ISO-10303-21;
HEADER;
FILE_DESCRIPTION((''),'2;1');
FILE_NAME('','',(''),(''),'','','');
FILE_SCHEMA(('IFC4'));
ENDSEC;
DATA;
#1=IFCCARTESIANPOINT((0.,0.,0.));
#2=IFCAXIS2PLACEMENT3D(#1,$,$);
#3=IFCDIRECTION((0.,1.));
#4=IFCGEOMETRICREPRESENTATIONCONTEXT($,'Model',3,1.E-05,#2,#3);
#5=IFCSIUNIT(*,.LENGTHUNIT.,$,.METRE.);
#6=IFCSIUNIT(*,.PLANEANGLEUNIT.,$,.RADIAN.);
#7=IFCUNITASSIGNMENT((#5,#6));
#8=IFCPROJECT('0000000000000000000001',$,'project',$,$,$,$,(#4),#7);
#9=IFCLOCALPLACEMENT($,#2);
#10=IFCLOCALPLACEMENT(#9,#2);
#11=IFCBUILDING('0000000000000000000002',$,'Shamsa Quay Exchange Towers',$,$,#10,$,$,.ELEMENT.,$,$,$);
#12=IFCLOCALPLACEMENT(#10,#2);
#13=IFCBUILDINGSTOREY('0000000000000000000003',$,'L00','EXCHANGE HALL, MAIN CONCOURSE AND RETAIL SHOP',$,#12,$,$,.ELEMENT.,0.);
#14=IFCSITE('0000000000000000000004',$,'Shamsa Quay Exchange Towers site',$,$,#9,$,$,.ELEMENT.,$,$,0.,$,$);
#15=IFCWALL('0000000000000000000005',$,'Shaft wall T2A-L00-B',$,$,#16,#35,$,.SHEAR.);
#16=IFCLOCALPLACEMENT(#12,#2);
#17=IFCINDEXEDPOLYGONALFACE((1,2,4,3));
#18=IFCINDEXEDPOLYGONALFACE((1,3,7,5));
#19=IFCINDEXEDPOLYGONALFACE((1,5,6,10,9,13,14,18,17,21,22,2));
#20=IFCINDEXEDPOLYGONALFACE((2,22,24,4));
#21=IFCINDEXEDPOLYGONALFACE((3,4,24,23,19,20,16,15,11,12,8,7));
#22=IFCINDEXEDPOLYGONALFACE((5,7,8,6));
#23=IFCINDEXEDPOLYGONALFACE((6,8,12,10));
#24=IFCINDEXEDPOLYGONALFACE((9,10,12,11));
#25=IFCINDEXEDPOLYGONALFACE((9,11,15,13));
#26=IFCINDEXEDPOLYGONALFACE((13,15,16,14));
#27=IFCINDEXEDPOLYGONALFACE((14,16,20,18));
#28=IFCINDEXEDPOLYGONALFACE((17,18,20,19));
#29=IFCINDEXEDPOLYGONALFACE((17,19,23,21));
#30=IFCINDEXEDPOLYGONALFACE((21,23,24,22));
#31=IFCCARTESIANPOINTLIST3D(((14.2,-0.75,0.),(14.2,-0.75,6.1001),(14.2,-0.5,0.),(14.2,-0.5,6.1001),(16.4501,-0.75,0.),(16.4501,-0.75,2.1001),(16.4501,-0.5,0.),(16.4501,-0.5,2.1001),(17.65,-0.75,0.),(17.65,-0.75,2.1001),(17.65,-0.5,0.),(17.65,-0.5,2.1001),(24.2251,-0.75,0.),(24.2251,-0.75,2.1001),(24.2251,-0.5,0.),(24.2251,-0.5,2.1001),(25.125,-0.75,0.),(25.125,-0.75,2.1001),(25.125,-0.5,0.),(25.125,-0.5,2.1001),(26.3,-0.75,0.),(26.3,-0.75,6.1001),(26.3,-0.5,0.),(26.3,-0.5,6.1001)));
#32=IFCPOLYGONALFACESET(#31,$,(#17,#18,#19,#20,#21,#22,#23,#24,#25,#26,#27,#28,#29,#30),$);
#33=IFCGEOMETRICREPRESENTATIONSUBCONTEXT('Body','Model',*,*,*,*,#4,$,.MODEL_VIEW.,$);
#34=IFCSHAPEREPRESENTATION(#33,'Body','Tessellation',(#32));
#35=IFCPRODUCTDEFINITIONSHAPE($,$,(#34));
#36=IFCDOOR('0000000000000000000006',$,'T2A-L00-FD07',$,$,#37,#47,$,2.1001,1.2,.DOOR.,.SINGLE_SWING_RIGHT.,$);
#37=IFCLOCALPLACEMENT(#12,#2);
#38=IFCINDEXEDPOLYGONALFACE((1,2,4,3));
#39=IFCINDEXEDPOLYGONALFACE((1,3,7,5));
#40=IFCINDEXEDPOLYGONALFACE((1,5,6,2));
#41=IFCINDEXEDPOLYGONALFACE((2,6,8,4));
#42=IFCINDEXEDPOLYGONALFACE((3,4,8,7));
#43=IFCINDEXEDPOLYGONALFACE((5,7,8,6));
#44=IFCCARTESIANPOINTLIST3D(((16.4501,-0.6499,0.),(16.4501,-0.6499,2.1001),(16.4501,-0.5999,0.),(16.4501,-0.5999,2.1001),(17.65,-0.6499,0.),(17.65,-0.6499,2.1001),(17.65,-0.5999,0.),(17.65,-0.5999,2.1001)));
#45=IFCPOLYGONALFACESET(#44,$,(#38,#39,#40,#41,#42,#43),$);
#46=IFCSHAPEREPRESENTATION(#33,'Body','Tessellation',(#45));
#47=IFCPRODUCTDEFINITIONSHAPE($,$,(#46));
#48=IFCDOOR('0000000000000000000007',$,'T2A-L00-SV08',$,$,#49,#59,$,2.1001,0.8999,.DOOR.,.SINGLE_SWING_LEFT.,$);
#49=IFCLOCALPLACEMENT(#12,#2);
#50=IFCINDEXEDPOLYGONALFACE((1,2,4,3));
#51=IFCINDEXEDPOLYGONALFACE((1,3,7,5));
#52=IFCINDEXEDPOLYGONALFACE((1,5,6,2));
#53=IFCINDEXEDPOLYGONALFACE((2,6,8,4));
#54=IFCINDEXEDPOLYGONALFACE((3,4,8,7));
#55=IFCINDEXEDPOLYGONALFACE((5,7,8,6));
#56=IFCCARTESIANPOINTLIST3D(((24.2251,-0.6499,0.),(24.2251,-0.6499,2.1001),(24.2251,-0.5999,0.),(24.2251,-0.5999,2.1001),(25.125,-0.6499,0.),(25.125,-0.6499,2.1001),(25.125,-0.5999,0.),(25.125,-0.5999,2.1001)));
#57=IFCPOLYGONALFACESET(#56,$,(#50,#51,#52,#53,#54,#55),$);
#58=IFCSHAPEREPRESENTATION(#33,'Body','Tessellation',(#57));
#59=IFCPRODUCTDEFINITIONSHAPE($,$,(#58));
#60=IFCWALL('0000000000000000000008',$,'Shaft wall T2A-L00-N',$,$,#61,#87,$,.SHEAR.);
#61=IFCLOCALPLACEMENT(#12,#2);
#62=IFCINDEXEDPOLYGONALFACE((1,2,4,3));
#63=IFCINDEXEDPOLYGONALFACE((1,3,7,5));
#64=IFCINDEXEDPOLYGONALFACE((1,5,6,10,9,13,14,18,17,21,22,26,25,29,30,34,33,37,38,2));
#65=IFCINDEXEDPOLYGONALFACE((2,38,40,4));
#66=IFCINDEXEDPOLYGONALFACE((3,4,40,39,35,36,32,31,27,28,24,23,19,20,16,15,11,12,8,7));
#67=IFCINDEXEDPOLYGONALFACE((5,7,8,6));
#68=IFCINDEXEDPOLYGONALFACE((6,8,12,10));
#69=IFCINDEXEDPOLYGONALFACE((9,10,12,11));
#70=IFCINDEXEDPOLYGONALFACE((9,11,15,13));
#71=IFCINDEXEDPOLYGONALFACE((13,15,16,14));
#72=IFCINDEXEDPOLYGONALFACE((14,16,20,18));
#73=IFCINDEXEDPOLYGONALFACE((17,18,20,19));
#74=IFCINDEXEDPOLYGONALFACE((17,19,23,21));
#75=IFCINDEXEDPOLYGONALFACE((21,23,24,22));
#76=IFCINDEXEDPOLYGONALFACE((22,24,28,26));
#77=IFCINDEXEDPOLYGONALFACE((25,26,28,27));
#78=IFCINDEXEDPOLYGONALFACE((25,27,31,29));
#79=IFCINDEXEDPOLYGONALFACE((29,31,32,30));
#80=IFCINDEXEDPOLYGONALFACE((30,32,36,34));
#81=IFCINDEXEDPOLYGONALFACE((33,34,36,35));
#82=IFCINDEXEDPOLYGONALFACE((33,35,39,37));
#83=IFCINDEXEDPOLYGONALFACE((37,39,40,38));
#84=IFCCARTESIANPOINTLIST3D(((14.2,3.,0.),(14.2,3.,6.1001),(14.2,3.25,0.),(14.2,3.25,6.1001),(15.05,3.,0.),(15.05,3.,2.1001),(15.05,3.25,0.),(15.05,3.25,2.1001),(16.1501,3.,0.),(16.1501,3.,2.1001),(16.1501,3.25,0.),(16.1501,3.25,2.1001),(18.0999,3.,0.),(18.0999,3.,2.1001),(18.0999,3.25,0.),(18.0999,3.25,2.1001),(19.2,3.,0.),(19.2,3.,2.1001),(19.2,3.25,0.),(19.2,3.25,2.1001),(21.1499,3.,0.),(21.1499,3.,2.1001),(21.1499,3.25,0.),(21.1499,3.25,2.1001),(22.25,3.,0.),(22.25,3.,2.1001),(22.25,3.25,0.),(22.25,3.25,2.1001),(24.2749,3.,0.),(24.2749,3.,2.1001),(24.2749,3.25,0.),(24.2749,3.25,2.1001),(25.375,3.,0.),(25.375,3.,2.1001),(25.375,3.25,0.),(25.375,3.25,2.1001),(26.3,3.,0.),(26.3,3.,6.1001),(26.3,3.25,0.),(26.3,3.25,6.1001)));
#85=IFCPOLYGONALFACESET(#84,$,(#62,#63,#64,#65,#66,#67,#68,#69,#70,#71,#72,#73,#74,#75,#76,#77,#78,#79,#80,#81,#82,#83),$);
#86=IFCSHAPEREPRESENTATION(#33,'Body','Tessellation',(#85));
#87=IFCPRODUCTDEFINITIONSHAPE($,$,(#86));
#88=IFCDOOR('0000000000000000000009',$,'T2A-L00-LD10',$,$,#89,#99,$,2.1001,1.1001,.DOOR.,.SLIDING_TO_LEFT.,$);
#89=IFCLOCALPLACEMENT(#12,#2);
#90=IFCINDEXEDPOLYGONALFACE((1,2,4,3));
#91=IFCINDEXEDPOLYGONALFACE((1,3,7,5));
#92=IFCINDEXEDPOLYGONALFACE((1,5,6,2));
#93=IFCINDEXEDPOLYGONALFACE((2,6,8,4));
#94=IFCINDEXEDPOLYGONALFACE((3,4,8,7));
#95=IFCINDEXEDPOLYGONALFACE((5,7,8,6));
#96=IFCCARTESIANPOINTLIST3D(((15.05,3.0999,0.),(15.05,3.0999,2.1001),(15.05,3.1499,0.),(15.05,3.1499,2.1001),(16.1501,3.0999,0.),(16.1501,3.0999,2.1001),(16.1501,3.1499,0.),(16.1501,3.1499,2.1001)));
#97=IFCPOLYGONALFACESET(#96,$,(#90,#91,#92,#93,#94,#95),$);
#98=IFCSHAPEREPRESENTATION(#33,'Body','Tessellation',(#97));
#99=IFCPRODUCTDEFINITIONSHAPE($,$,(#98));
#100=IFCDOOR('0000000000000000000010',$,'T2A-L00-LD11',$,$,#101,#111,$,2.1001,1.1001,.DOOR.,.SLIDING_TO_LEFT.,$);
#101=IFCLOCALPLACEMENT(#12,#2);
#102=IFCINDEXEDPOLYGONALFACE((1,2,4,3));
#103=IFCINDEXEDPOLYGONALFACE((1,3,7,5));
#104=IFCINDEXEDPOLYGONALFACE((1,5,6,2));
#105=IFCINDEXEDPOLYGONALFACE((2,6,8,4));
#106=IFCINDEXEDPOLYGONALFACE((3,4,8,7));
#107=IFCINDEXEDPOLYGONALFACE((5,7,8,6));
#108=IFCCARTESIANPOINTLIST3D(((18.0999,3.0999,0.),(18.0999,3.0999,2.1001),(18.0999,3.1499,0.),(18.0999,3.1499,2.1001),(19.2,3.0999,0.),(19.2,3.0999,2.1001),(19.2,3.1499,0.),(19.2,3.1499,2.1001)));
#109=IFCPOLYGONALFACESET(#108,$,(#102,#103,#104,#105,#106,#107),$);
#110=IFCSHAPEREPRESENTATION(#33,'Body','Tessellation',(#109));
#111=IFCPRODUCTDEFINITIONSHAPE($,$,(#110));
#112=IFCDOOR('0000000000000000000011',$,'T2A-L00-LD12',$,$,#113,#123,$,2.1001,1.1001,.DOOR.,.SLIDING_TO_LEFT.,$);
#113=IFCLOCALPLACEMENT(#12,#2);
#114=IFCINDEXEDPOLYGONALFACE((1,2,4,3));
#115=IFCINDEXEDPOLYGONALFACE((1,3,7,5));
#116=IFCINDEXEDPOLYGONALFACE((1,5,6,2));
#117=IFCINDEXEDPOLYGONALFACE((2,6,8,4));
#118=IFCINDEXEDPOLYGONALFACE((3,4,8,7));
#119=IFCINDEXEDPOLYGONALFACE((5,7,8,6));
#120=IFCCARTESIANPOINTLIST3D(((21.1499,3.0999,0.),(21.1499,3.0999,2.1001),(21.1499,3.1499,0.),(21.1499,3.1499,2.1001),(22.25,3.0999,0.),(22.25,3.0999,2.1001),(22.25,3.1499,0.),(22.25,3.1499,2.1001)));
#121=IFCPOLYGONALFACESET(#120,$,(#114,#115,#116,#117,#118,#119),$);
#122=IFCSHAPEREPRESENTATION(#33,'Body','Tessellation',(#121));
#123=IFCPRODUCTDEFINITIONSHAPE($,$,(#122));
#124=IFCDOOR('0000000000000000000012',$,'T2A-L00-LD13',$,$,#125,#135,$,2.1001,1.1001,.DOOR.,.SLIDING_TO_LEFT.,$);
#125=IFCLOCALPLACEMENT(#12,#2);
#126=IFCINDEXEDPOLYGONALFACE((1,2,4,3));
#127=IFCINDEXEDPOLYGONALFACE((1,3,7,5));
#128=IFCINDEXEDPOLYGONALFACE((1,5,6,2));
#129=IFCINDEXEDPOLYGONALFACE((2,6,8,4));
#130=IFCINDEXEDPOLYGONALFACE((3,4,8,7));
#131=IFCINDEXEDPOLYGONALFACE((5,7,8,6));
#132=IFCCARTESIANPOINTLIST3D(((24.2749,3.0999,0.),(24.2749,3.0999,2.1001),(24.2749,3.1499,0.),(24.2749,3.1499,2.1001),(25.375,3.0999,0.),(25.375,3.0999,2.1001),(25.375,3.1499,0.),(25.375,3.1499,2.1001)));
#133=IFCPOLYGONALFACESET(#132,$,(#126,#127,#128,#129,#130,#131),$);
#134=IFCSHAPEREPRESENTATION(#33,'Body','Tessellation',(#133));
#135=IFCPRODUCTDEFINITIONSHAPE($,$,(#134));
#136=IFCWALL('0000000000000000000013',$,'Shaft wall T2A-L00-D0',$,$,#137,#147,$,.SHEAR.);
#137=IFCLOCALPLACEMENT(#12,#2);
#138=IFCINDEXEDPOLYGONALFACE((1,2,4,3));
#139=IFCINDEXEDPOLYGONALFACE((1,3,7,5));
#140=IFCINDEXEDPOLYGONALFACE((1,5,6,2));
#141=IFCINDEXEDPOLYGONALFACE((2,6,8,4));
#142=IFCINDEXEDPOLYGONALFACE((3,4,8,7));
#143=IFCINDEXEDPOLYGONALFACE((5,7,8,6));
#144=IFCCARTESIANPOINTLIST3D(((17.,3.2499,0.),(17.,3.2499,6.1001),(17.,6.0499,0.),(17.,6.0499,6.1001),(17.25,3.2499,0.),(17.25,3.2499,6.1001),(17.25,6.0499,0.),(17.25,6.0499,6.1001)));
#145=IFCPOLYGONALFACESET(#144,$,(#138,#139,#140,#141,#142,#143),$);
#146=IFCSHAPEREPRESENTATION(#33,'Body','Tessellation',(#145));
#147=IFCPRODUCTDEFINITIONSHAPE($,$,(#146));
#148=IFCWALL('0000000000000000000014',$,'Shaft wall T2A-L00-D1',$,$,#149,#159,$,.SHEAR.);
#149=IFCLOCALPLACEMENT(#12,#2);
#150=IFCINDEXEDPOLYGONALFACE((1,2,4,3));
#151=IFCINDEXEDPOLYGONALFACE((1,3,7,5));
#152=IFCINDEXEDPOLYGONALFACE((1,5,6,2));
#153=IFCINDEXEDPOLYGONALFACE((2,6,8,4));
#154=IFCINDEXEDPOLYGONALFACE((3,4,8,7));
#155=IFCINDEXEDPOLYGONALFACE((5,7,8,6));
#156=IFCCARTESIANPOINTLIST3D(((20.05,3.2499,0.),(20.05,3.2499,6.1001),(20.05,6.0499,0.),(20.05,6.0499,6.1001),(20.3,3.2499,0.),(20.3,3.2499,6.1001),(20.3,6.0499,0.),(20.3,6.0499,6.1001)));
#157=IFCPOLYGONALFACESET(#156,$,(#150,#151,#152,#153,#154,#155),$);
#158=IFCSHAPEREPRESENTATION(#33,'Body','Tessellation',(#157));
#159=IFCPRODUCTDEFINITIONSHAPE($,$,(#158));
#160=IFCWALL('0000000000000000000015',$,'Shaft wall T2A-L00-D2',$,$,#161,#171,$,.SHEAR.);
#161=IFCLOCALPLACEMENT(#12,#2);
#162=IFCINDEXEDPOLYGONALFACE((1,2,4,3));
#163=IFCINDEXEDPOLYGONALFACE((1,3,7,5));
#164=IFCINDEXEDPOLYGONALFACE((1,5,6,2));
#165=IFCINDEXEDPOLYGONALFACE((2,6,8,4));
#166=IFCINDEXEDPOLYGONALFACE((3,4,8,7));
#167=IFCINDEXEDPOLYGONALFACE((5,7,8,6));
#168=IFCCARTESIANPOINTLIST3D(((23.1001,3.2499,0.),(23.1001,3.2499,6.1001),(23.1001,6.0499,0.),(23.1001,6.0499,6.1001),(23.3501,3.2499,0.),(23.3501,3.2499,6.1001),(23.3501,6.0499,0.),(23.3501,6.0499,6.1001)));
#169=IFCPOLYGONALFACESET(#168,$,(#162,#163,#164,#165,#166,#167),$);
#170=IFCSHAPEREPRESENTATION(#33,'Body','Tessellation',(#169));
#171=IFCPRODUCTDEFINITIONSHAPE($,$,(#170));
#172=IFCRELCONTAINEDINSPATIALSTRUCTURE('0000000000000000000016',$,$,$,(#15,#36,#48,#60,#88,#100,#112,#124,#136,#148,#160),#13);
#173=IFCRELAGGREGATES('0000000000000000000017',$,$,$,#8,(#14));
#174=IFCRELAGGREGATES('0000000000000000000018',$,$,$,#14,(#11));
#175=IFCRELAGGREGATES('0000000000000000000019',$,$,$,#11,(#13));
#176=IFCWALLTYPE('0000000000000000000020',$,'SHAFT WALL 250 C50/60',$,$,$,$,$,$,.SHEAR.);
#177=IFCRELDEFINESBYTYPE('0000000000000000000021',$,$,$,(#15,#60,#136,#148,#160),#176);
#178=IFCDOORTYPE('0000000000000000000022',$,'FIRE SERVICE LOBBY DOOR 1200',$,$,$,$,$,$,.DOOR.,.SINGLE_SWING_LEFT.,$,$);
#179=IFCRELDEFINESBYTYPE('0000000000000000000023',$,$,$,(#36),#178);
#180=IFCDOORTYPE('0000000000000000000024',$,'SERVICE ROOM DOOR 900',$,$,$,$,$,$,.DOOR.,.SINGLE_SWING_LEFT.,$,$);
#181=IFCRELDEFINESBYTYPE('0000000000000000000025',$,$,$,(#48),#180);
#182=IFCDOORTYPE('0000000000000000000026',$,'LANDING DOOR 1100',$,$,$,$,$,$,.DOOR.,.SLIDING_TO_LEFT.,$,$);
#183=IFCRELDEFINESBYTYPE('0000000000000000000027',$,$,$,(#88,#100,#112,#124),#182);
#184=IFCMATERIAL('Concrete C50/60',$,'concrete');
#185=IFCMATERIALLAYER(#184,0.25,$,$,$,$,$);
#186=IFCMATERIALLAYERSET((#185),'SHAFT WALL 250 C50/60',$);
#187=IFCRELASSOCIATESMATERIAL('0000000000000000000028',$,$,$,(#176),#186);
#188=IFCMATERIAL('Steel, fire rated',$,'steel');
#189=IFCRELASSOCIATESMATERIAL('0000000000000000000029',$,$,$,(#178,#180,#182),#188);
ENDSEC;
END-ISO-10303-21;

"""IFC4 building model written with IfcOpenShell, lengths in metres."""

from ifc_helpers import new_model, si_unit, direction, frame, frame_2d, origin, place, context, subcontext, project, spatial, rectangle, extrude, material, layer, layer_set, type_object, element, fill, save


model = new_model("IFC4")

# Units and contexts
model_context = context("Model", 3, precision=1e-05, world=origin(), true_north=direction((0.0, 1.0)))
body_context = subcontext(model_context, "Body", "Model", "MODEL_VIEW")
ifc_project = project(units=[si_unit("LENGTHUNIT", "METRE"), si_unit("PLANEANGLEUNIT", "RADIAN")], contexts=[model_context])

# Site, building, storey
site_placement = place(None, origin())
site = spatial("IfcSite", under=ifc_project, at=site_placement, Name="Shamsa Quay Exchange Towers site", CompositionType="ELEMENT", RefElevation=0.0)
building_placement = place(site_placement, origin())
building = spatial("IfcBuilding", under=site, at=building_placement, Name="Shamsa Quay Exchange Towers", CompositionType="ELEMENT")
storey_placement = place(building_placement, origin())
storey = spatial("IfcBuildingStorey", under=building, at=storey_placement, Name="L00", Description="EXCHANGE HALL, MAIN CONCOURSE AND RETAIL SHOP", CompositionType="ELEMENT", Elevation=0.0)

# Walls, openings, doors
ifc_material_1 = material(Name="Steel, fire rated", Category="steel")
ifc_material_2 = material(Name="Concrete C50/60", Category="concrete")
ifc_layer_1 = layer(ifc_material_2, 0.25)
ifc_layer_set_1 = layer_set([ifc_layer_1], Name="SHAFT WALL 250 C50/60")
wall_type_1 = type_object("IfcWallType", Name="SHAFT WALL 250 C50/60", PredefinedType="SHEAR", material=ifc_layer_set_1)
wall_1_placement = place(storey_placement, frame((26.3, -0.625, 0.0), z_axis=(0.0, 0.0, 1.0), x_axis=(-1.0, 0.0, 0.0)))
wall_1 = element("IfcWall", 1, at=wall_1_placement, inside=storey, type_object=wall_type_1, Name="Shaft wall T2A-L00-B", PredefinedType="SHEAR", context=body_context, shape_type="SweptSolid", body=[
    extrude(rectangle(XDim=12.1001, YDim=0.25, at=frame_2d((6.05, 0.0))), origin(), (0.0, 0.0, 1.0), 6.1001),
])
opening_1_placement = place(wall_1_placement, frame((8.6499, 0.0, 0.0)))
opening_1 = element("IfcOpeningElement", 2, at=opening_1_placement, cuts=wall_1, PredefinedType="OPENING", context=body_context, shape_type="SweptSolid", body=[
    extrude(rectangle(XDim=1.2, YDim=2.1001, at=frame_2d((0.6001, 1.05))), frame((0.0, 0.135, 0.0), z_axis=(0.0, -1.0, 0.0), x_axis=(1.0, 0.0, 0.0)), (0.0, 0.0, 1.0), 0.27),
])
opening_2_placement = place(wall_1_placement, frame((1.175, 0.0, 0.0)))
opening_2 = element("IfcOpeningElement", 3, at=opening_2_placement, cuts=wall_1, PredefinedType="OPENING", context=body_context, shape_type="SweptSolid", body=[
    extrude(rectangle(XDim=0.8999, YDim=2.1001, at=frame_2d((0.45, 1.05))), frame((0.0, 0.135, 0.0), z_axis=(0.0, -1.0, 0.0), x_axis=(1.0, 0.0, 0.0)), (0.0, 0.0, 1.0), 0.27),
])
door_type_1 = type_object("IfcDoorType", Name="FIRE SERVICE LOBBY DOOR 1200", OperationType="SINGLE_SWING_LEFT", PredefinedType="DOOR", material=ifc_material_1)
door_1_placement = place(opening_1_placement, origin())
door_1 = element("IfcDoor", 4, at=door_1_placement, inside=storey, type_object=door_type_1, Name="T2A-L00-FD07", OperationType="SINGLE_SWING_RIGHT", OverallHeight=2.1001, OverallWidth=1.2, PredefinedType="DOOR", context=body_context, shape_type="SweptSolid", body=[
    extrude(rectangle(XDim=1.2, YDim=2.1001, at=frame_2d((0.6001, 1.05))), frame((0.0, 0.0249, 0.0), z_axis=(0.0, -1.0, 0.0), x_axis=(1.0, 0.0, 0.0)), (0.0, 0.0, 1.0), 0.05),
])
fill(opening_1, door_1)
door_type_2 = type_object("IfcDoorType", Name="SERVICE ROOM DOOR 900", OperationType="SINGLE_SWING_LEFT", PredefinedType="DOOR", material=ifc_material_1)
door_2_placement = place(opening_2_placement, origin())
door_2 = element("IfcDoor", 5, at=door_2_placement, inside=storey, type_object=door_type_2, Name="T2A-L00-SV08", OperationType="SINGLE_SWING_LEFT", OverallHeight=2.1001, OverallWidth=0.8999, PredefinedType="DOOR", context=body_context, shape_type="SweptSolid", body=[
    extrude(rectangle(XDim=0.8999, YDim=2.1001, at=frame_2d((0.45, 1.05))), frame((0.0, 0.0249, 0.0), z_axis=(0.0, -1.0, 0.0), x_axis=(1.0, 0.0, 0.0)), (0.0, 0.0, 1.0), 0.05),
])
fill(opening_2, door_2)
wall_2_placement = place(storey_placement, frame((14.2, 3.125, 0.0)))
wall_2 = element("IfcWall", 6, at=wall_2_placement, inside=storey, type_object=wall_type_1, Name="Shaft wall T2A-L00-N", PredefinedType="SHEAR", context=body_context, shape_type="SweptSolid", body=[
    extrude(rectangle(XDim=12.1001, YDim=0.25, at=frame_2d((6.05, 0.0))), origin(), (0.0, 0.0, 1.0), 6.1001),
])
opening_3_placement = place(wall_2_placement, frame((0.8501, 0.0, 0.0)))
opening_3 = element("IfcOpeningElement", 7, at=opening_3_placement, cuts=wall_2, PredefinedType="OPENING", context=body_context, shape_type="SweptSolid", body=[
    extrude(rectangle(XDim=1.1001, YDim=2.1001, at=frame_2d((0.55, 1.05))), frame((0.0, 0.135, 0.0), z_axis=(0.0, -1.0, 0.0), x_axis=(1.0, 0.0, 0.0)), (0.0, 0.0, 1.0), 0.27),
])
opening_4_placement = place(wall_2_placement, frame((3.8999, 0.0, 0.0)))
opening_4 = element("IfcOpeningElement", 8, at=opening_4_placement, cuts=wall_2, PredefinedType="OPENING", context=body_context, shape_type="SweptSolid", body=[
    extrude(rectangle(XDim=1.1001, YDim=2.1001, at=frame_2d((0.55, 1.05))), frame((0.0, 0.135, 0.0), z_axis=(0.0, -1.0, 0.0), x_axis=(1.0, 0.0, 0.0)), (0.0, 0.0, 1.0), 0.27),
])
opening_5_placement = place(wall_2_placement, frame((6.95, 0.0, 0.0)))
opening_5 = element("IfcOpeningElement", 9, at=opening_5_placement, cuts=wall_2, PredefinedType="OPENING", context=body_context, shape_type="SweptSolid", body=[
    extrude(rectangle(XDim=1.1001, YDim=2.1001, at=frame_2d((0.55, 1.05))), frame((0.0, 0.135, 0.0), z_axis=(0.0, -1.0, 0.0), x_axis=(1.0, 0.0, 0.0)), (0.0, 0.0, 1.0), 0.27),
])
opening_6_placement = place(wall_2_placement, frame((10.075, 0.0, 0.0)))
opening_6 = element("IfcOpeningElement", 10, at=opening_6_placement, cuts=wall_2, PredefinedType="OPENING", context=body_context, shape_type="SweptSolid", body=[
    extrude(rectangle(XDim=1.1001, YDim=2.1001, at=frame_2d((0.55, 1.05))), frame((0.0, 0.135, 0.0), z_axis=(0.0, -1.0, 0.0), x_axis=(1.0, 0.0, 0.0)), (0.0, 0.0, 1.0), 0.27),
])
door_type_3 = type_object("IfcDoorType", Name="LANDING DOOR 1100", OperationType="SLIDING_TO_LEFT", PredefinedType="DOOR", material=ifc_material_1)
door_3_placement = place(opening_3_placement, origin())
door_3 = element("IfcDoor", 11, at=door_3_placement, inside=storey, type_object=door_type_3, Name="T2A-L00-LD10", OperationType="SLIDING_TO_LEFT", OverallHeight=2.1001, OverallWidth=1.1001, PredefinedType="DOOR", context=body_context, shape_type="SweptSolid", body=[
    extrude(rectangle(XDim=1.1001, YDim=2.1001, at=frame_2d((0.55, 1.05))), frame((0.0, 0.0249, 0.0), z_axis=(0.0, -1.0, 0.0), x_axis=(1.0, 0.0, 0.0)), (0.0, 0.0, 1.0), 0.05),
])
fill(opening_3, door_3)
door_4_placement = place(opening_4_placement, origin())
door_4 = element("IfcDoor", 12, at=door_4_placement, inside=storey, type_object=door_type_3, Name="T2A-L00-LD11", OperationType="SLIDING_TO_LEFT", OverallHeight=2.1001, OverallWidth=1.1001, PredefinedType="DOOR", context=body_context, shape_type="SweptSolid", body=[
    extrude(rectangle(XDim=1.1001, YDim=2.1001, at=frame_2d((0.55, 1.05))), frame((0.0, 0.0249, 0.0), z_axis=(0.0, -1.0, 0.0), x_axis=(1.0, 0.0, 0.0)), (0.0, 0.0, 1.0), 0.05),
])
fill(opening_4, door_4)
door_5_placement = place(opening_5_placement, origin())
door_5 = element("IfcDoor", 13, at=door_5_placement, inside=storey, type_object=door_type_3, Name="T2A-L00-LD12", OperationType="SLIDING_TO_LEFT", OverallHeight=2.1001, OverallWidth=1.1001, PredefinedType="DOOR", context=body_context, shape_type="SweptSolid", body=[
    extrude(rectangle(XDim=1.1001, YDim=2.1001, at=frame_2d((0.55, 1.05))), frame((0.0, 0.0249, 0.0), z_axis=(0.0, -1.0, 0.0), x_axis=(1.0, 0.0, 0.0)), (0.0, 0.0, 1.0), 0.05),
])
fill(opening_5, door_5)
door_6_placement = place(opening_6_placement, origin())
door_6 = element("IfcDoor", 14, at=door_6_placement, inside=storey, type_object=door_type_3, Name="T2A-L00-LD13", OperationType="SLIDING_TO_LEFT", OverallHeight=2.1001, OverallWidth=1.1001, PredefinedType="DOOR", context=body_context, shape_type="SweptSolid", body=[
    extrude(rectangle(XDim=1.1001, YDim=2.1001, at=frame_2d((0.55, 1.05))), frame((0.0, 0.0249, 0.0), z_axis=(0.0, -1.0, 0.0), x_axis=(1.0, 0.0, 0.0)), (0.0, 0.0, 1.0), 0.05),
])
fill(opening_6, door_6)

# Walls
for number, where, z_axis, x_axis, name in (
    (15, (17.125, 3.25, 0.0), (0.0, 0.0, 1.0), (0.0, 1.0, 0.0), "Shaft wall T2A-L00-D0"),
    (16, (20.175, 3.25, 0.0), (0.0, 0.0, 1.0), (0.0, 1.0, 0.0), "Shaft wall T2A-L00-D1"),
    (17, (23.2251, 3.25, 0.0), (0.0, 0.0, 1.0), (0.0, 1.0, 0.0), "Shaft wall T2A-L00-D2"),
):
    element("IfcWall", number, at=place(storey_placement, frame(where, z_axis=z_axis, x_axis=x_axis)), inside=storey, type_object=wall_type_1, Name=name, PredefinedType="SHEAR", context=body_context, shape_type="SweptSolid", body=[
        extrude(rectangle(XDim=2.8, YDim=0.25, at=frame_2d((1.3999, 0.0))), origin(), (0.0, 0.0, 1.0), 6.1001),
    ])

save(model, "model.ifc")
